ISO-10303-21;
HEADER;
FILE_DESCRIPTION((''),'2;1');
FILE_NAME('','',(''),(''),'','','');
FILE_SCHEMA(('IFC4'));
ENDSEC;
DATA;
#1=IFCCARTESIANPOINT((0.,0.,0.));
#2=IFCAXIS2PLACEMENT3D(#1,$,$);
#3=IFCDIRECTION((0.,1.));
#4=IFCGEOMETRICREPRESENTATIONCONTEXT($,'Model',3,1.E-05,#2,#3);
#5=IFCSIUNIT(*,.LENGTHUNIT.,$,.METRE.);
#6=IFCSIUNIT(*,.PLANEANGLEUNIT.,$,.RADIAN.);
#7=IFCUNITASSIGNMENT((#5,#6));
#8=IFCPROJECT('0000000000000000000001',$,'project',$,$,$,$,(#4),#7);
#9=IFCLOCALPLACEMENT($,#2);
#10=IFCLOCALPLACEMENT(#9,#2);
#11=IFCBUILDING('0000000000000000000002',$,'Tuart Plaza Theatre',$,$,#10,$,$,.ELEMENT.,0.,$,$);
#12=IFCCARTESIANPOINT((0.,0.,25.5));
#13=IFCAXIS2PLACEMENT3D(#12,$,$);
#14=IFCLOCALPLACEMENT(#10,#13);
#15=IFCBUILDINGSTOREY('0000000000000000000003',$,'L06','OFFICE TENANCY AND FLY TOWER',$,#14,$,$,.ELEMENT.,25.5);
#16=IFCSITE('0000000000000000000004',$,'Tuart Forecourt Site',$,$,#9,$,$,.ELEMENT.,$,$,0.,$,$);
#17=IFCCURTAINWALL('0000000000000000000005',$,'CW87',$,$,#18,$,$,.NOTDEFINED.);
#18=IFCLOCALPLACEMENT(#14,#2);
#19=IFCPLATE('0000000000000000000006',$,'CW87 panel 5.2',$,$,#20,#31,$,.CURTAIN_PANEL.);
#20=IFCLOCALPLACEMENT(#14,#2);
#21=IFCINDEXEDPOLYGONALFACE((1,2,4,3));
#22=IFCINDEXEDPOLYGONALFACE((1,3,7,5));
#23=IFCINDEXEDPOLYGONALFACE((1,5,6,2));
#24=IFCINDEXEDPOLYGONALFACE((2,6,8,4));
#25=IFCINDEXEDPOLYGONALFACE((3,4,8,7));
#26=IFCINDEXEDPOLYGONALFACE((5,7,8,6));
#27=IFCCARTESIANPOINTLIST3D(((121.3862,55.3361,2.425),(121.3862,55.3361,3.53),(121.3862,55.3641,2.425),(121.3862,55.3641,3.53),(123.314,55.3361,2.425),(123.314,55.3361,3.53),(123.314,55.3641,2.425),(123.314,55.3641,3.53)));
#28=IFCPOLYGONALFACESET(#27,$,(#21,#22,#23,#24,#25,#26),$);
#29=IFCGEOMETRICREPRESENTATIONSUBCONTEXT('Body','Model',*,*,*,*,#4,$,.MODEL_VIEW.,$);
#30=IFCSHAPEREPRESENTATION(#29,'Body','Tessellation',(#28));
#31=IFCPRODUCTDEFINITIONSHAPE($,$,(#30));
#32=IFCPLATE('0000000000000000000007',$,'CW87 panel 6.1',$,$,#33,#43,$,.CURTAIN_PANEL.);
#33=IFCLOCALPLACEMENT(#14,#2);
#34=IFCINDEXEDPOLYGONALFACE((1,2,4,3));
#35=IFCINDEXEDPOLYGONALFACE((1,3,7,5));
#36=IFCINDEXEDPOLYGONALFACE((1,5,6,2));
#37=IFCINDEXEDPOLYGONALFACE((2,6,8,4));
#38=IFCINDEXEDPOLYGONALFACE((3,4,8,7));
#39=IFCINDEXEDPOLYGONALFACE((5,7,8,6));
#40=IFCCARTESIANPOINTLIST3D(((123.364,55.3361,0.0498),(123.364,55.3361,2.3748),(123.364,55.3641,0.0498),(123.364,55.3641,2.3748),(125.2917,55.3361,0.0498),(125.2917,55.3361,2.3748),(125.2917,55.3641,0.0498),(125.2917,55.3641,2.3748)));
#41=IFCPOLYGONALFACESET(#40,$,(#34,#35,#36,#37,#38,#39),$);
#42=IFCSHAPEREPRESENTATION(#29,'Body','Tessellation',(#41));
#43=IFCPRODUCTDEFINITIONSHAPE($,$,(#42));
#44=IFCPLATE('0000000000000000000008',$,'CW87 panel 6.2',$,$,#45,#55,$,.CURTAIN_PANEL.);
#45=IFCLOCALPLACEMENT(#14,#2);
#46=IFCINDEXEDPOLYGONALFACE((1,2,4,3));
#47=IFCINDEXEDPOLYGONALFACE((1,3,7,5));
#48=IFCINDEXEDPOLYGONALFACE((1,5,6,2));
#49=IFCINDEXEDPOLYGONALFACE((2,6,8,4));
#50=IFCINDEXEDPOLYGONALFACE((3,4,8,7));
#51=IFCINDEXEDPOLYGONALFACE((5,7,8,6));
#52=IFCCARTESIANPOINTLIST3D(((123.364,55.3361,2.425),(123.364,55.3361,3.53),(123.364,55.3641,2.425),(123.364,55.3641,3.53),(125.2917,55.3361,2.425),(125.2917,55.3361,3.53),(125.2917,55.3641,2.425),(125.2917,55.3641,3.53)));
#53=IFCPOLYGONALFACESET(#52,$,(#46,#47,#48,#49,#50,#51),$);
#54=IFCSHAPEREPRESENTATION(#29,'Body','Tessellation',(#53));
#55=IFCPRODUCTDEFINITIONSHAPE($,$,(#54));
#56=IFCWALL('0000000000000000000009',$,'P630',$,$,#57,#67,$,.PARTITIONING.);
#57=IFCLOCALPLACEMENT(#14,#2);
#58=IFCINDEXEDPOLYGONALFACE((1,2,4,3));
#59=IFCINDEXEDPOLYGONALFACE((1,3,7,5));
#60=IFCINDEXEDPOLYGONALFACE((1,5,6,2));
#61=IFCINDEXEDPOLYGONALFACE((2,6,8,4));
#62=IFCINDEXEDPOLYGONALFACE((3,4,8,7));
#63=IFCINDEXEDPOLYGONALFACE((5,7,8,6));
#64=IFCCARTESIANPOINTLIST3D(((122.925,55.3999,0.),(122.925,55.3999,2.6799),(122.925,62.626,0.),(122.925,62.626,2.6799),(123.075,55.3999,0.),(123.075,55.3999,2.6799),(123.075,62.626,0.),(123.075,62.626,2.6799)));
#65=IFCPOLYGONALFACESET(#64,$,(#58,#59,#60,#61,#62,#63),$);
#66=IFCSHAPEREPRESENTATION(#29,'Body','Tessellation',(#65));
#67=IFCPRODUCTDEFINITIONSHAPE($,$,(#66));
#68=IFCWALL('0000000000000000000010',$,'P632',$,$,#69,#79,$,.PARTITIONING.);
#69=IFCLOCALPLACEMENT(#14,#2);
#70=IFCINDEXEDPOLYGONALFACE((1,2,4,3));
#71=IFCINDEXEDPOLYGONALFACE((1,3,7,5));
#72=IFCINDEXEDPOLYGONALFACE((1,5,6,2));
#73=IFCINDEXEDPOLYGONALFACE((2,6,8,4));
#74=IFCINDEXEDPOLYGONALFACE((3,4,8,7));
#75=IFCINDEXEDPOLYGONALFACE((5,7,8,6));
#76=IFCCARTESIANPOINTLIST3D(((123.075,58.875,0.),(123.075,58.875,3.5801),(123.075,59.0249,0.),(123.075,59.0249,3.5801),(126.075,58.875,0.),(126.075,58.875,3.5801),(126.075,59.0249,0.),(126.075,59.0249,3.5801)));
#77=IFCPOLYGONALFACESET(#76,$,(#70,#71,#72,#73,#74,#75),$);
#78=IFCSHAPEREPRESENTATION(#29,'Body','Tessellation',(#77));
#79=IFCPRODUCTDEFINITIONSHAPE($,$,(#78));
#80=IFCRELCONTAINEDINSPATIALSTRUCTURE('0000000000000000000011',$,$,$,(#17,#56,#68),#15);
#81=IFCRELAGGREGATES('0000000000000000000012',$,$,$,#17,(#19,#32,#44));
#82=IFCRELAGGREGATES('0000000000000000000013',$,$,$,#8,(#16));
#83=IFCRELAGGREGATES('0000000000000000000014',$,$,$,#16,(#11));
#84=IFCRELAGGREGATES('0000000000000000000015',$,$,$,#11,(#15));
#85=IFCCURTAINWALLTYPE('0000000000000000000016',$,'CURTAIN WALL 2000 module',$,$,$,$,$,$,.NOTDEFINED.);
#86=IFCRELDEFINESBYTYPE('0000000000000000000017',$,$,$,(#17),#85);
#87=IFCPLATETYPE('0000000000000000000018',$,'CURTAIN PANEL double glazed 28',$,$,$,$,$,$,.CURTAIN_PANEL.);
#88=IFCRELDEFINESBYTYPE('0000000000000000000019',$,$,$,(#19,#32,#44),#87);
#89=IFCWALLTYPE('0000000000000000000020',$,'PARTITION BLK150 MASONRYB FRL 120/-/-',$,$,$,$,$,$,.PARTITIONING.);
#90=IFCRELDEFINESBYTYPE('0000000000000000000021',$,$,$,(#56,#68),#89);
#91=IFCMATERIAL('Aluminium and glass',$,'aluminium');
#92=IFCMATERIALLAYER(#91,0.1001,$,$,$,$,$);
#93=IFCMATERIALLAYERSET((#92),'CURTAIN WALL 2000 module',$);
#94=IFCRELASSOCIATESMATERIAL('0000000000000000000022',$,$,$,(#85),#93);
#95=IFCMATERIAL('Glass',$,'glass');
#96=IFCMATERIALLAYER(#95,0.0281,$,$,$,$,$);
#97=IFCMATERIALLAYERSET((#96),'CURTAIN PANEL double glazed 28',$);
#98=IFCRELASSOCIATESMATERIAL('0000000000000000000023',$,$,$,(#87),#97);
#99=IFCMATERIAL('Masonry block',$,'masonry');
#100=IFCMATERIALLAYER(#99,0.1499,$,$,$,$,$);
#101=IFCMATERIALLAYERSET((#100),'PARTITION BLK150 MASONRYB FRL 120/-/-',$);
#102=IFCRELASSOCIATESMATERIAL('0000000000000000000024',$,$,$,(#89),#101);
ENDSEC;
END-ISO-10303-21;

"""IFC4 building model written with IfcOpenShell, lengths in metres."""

from ifc_helpers import new_model, si_unit, direction, frame, frame_2d, origin, origin_2d, place, context, subcontext, project, spatial, rectangle, extrude, material, layer, layer_set, type_object, element, aggregate, save


model = new_model("IFC4")

# Units and contexts
model_context = context("Model", 3, precision=1e-05, world=origin(), true_north=direction((0.0, 1.0)))
body_context = subcontext(model_context, "Body", "Model", "MODEL_VIEW")
ifc_project = project(units=[si_unit("LENGTHUNIT", "METRE"), si_unit("PLANEANGLEUNIT", "RADIAN")], contexts=[model_context])

# Site, building, storey
site_placement = place(None, origin())
site = spatial("IfcSite", under=ifc_project, at=site_placement, Name="Tuart Forecourt Site", CompositionType="ELEMENT", RefElevation=0.0)
building_placement = place(site_placement, origin())
building = spatial("IfcBuilding", under=site, at=building_placement, Name="Tuart Plaza Theatre", CompositionType="ELEMENT", ElevationOfRefHeight=0.0)
storey_placement = place(building_placement, frame((0.0, 0.0, 25.5)))
storey = spatial("IfcBuildingStorey", under=building, at=storey_placement, Name="L06", Description="OFFICE TENANCY AND FLY TOWER", CompositionType="ELEMENT", Elevation=25.5)

# Curtain wall, plates
ifc_material_1 = material(Name="Aluminium and glass", Category="aluminium")
ifc_layer_1 = layer(ifc_material_1, 0.1001)
ifc_layer_set_1 = layer_set([ifc_layer_1], Name="CURTAIN WALL 2000 module")
curtain_wall_type = type_object("IfcCurtainWallType", Name="CURTAIN WALL 2000 module", PredefinedType="NOTDEFINED", material=ifc_layer_set_1)
curtain_wall_placement = place(storey_placement, origin())
curtain_wall = element("IfcCurtainWall", 1, at=curtain_wall_placement, inside=storey, type_object=curtain_wall_type, Name="CW87", PredefinedType="NOTDEFINED")
ifc_material_2 = material(Name="Glass", Category="glass")
ifc_layer_2 = layer(ifc_material_2, 0.0281)
ifc_layer_set_2 = layer_set([ifc_layer_2], Name="CURTAIN PANEL double glazed 28")
plate_type = type_object("IfcPlateType", Name="CURTAIN PANEL double glazed 28", PredefinedType="CURTAIN_PANEL", material=ifc_layer_set_2)
plate_1_placement = place(storey_placement, frame((122.3501, 55.3501, 2.425), z_axis=(0.0, 0.0, 1.0), x_axis=(1.0, 0.0, 0.0)))
plate_1 = element("IfcPlate", 2, at=plate_1_placement, type_object=plate_type, Name="CW87 panel 5.2", PredefinedType="CURTAIN_PANEL", context=body_context, shape_type="SweptSolid", body=[
    extrude(rectangle(XDim=1.9277, YDim=0.0281, at=origin_2d()), origin(), (0.0, 0.0, 1.0), 1.105),
])
plate_2_placement = place(storey_placement, frame((124.3279, 55.3501, 0.0498), z_axis=(0.0, 0.0, 1.0), x_axis=(1.0, 0.0, 0.0)))
plate_2 = element("IfcPlate", 3, at=plate_2_placement, type_object=plate_type, Name="CW87 panel 6.1", PredefinedType="CURTAIN_PANEL", context=body_context, shape_type="SweptSolid", body=[
    extrude(rectangle(XDim=1.9277, YDim=0.0281, at=origin_2d()), origin(), (0.0, 0.0, 1.0), 2.325),
])
plate_3_placement = place(storey_placement, frame((124.3279, 55.3501, 2.425), z_axis=(0.0, 0.0, 1.0), x_axis=(1.0, 0.0, 0.0)))
plate_3 = element("IfcPlate", 4, at=plate_3_placement, type_object=plate_type, Name="CW87 panel 6.2", PredefinedType="CURTAIN_PANEL", context=body_context, shape_type="SweptSolid", body=[
    extrude(rectangle(XDim=1.9277, YDim=0.0281, at=origin_2d()), origin(), (0.0, 0.0, 1.0), 1.105),
])
aggregate(curtain_wall, [plate_1, plate_2, plate_3])

# Walls
ifc_material_3 = material(Name="Masonry block", Category="masonry")
ifc_layer_3 = layer(ifc_material_3, 0.1499)
ifc_layer_set_3 = layer_set([ifc_layer_3], Name="PARTITION BLK150 MASONRYB FRL 120/-/-")
wall_type = type_object("IfcWallType", Name="PARTITION BLK150 MASONRYB FRL 120/-/-", PredefinedType="PARTITIONING", material=ifc_layer_set_3)
wall_1_placement = place(storey_placement, frame((123.0, 55.3999, 0.0), z_axis=(0.0, 0.0, 1.0), x_axis=(0.0, 1.0, 0.0)))
element("IfcWall", 5, at=wall_1_placement, inside=storey, type_object=wall_type, Name="P630", PredefinedType="PARTITIONING", context=body_context, shape_type="SweptSolid", body=[
    extrude(rectangle(XDim=7.2261, YDim=0.1499, at=frame_2d((3.613, 0.0))), origin(), (0.0, 0.0, 1.0), 2.6799),
])
wall_2_placement = place(storey_placement, frame((123.075, 58.95, 0.0), z_axis=(0.0, 0.0, 1.0), x_axis=(1.0, 0.0, 0.0)))
element("IfcWall", 6, at=wall_2_placement, inside=storey, type_object=wall_type, Name="P632", PredefinedType="PARTITIONING", context=body_context, shape_type="SweptSolid", body=[
    extrude(rectangle(XDim=3.0, YDim=0.1499, at=frame_2d((1.5, 0.0))), origin(), (0.0, 0.0, 1.0), 3.5801),
])

save(model, "model.ifc")
